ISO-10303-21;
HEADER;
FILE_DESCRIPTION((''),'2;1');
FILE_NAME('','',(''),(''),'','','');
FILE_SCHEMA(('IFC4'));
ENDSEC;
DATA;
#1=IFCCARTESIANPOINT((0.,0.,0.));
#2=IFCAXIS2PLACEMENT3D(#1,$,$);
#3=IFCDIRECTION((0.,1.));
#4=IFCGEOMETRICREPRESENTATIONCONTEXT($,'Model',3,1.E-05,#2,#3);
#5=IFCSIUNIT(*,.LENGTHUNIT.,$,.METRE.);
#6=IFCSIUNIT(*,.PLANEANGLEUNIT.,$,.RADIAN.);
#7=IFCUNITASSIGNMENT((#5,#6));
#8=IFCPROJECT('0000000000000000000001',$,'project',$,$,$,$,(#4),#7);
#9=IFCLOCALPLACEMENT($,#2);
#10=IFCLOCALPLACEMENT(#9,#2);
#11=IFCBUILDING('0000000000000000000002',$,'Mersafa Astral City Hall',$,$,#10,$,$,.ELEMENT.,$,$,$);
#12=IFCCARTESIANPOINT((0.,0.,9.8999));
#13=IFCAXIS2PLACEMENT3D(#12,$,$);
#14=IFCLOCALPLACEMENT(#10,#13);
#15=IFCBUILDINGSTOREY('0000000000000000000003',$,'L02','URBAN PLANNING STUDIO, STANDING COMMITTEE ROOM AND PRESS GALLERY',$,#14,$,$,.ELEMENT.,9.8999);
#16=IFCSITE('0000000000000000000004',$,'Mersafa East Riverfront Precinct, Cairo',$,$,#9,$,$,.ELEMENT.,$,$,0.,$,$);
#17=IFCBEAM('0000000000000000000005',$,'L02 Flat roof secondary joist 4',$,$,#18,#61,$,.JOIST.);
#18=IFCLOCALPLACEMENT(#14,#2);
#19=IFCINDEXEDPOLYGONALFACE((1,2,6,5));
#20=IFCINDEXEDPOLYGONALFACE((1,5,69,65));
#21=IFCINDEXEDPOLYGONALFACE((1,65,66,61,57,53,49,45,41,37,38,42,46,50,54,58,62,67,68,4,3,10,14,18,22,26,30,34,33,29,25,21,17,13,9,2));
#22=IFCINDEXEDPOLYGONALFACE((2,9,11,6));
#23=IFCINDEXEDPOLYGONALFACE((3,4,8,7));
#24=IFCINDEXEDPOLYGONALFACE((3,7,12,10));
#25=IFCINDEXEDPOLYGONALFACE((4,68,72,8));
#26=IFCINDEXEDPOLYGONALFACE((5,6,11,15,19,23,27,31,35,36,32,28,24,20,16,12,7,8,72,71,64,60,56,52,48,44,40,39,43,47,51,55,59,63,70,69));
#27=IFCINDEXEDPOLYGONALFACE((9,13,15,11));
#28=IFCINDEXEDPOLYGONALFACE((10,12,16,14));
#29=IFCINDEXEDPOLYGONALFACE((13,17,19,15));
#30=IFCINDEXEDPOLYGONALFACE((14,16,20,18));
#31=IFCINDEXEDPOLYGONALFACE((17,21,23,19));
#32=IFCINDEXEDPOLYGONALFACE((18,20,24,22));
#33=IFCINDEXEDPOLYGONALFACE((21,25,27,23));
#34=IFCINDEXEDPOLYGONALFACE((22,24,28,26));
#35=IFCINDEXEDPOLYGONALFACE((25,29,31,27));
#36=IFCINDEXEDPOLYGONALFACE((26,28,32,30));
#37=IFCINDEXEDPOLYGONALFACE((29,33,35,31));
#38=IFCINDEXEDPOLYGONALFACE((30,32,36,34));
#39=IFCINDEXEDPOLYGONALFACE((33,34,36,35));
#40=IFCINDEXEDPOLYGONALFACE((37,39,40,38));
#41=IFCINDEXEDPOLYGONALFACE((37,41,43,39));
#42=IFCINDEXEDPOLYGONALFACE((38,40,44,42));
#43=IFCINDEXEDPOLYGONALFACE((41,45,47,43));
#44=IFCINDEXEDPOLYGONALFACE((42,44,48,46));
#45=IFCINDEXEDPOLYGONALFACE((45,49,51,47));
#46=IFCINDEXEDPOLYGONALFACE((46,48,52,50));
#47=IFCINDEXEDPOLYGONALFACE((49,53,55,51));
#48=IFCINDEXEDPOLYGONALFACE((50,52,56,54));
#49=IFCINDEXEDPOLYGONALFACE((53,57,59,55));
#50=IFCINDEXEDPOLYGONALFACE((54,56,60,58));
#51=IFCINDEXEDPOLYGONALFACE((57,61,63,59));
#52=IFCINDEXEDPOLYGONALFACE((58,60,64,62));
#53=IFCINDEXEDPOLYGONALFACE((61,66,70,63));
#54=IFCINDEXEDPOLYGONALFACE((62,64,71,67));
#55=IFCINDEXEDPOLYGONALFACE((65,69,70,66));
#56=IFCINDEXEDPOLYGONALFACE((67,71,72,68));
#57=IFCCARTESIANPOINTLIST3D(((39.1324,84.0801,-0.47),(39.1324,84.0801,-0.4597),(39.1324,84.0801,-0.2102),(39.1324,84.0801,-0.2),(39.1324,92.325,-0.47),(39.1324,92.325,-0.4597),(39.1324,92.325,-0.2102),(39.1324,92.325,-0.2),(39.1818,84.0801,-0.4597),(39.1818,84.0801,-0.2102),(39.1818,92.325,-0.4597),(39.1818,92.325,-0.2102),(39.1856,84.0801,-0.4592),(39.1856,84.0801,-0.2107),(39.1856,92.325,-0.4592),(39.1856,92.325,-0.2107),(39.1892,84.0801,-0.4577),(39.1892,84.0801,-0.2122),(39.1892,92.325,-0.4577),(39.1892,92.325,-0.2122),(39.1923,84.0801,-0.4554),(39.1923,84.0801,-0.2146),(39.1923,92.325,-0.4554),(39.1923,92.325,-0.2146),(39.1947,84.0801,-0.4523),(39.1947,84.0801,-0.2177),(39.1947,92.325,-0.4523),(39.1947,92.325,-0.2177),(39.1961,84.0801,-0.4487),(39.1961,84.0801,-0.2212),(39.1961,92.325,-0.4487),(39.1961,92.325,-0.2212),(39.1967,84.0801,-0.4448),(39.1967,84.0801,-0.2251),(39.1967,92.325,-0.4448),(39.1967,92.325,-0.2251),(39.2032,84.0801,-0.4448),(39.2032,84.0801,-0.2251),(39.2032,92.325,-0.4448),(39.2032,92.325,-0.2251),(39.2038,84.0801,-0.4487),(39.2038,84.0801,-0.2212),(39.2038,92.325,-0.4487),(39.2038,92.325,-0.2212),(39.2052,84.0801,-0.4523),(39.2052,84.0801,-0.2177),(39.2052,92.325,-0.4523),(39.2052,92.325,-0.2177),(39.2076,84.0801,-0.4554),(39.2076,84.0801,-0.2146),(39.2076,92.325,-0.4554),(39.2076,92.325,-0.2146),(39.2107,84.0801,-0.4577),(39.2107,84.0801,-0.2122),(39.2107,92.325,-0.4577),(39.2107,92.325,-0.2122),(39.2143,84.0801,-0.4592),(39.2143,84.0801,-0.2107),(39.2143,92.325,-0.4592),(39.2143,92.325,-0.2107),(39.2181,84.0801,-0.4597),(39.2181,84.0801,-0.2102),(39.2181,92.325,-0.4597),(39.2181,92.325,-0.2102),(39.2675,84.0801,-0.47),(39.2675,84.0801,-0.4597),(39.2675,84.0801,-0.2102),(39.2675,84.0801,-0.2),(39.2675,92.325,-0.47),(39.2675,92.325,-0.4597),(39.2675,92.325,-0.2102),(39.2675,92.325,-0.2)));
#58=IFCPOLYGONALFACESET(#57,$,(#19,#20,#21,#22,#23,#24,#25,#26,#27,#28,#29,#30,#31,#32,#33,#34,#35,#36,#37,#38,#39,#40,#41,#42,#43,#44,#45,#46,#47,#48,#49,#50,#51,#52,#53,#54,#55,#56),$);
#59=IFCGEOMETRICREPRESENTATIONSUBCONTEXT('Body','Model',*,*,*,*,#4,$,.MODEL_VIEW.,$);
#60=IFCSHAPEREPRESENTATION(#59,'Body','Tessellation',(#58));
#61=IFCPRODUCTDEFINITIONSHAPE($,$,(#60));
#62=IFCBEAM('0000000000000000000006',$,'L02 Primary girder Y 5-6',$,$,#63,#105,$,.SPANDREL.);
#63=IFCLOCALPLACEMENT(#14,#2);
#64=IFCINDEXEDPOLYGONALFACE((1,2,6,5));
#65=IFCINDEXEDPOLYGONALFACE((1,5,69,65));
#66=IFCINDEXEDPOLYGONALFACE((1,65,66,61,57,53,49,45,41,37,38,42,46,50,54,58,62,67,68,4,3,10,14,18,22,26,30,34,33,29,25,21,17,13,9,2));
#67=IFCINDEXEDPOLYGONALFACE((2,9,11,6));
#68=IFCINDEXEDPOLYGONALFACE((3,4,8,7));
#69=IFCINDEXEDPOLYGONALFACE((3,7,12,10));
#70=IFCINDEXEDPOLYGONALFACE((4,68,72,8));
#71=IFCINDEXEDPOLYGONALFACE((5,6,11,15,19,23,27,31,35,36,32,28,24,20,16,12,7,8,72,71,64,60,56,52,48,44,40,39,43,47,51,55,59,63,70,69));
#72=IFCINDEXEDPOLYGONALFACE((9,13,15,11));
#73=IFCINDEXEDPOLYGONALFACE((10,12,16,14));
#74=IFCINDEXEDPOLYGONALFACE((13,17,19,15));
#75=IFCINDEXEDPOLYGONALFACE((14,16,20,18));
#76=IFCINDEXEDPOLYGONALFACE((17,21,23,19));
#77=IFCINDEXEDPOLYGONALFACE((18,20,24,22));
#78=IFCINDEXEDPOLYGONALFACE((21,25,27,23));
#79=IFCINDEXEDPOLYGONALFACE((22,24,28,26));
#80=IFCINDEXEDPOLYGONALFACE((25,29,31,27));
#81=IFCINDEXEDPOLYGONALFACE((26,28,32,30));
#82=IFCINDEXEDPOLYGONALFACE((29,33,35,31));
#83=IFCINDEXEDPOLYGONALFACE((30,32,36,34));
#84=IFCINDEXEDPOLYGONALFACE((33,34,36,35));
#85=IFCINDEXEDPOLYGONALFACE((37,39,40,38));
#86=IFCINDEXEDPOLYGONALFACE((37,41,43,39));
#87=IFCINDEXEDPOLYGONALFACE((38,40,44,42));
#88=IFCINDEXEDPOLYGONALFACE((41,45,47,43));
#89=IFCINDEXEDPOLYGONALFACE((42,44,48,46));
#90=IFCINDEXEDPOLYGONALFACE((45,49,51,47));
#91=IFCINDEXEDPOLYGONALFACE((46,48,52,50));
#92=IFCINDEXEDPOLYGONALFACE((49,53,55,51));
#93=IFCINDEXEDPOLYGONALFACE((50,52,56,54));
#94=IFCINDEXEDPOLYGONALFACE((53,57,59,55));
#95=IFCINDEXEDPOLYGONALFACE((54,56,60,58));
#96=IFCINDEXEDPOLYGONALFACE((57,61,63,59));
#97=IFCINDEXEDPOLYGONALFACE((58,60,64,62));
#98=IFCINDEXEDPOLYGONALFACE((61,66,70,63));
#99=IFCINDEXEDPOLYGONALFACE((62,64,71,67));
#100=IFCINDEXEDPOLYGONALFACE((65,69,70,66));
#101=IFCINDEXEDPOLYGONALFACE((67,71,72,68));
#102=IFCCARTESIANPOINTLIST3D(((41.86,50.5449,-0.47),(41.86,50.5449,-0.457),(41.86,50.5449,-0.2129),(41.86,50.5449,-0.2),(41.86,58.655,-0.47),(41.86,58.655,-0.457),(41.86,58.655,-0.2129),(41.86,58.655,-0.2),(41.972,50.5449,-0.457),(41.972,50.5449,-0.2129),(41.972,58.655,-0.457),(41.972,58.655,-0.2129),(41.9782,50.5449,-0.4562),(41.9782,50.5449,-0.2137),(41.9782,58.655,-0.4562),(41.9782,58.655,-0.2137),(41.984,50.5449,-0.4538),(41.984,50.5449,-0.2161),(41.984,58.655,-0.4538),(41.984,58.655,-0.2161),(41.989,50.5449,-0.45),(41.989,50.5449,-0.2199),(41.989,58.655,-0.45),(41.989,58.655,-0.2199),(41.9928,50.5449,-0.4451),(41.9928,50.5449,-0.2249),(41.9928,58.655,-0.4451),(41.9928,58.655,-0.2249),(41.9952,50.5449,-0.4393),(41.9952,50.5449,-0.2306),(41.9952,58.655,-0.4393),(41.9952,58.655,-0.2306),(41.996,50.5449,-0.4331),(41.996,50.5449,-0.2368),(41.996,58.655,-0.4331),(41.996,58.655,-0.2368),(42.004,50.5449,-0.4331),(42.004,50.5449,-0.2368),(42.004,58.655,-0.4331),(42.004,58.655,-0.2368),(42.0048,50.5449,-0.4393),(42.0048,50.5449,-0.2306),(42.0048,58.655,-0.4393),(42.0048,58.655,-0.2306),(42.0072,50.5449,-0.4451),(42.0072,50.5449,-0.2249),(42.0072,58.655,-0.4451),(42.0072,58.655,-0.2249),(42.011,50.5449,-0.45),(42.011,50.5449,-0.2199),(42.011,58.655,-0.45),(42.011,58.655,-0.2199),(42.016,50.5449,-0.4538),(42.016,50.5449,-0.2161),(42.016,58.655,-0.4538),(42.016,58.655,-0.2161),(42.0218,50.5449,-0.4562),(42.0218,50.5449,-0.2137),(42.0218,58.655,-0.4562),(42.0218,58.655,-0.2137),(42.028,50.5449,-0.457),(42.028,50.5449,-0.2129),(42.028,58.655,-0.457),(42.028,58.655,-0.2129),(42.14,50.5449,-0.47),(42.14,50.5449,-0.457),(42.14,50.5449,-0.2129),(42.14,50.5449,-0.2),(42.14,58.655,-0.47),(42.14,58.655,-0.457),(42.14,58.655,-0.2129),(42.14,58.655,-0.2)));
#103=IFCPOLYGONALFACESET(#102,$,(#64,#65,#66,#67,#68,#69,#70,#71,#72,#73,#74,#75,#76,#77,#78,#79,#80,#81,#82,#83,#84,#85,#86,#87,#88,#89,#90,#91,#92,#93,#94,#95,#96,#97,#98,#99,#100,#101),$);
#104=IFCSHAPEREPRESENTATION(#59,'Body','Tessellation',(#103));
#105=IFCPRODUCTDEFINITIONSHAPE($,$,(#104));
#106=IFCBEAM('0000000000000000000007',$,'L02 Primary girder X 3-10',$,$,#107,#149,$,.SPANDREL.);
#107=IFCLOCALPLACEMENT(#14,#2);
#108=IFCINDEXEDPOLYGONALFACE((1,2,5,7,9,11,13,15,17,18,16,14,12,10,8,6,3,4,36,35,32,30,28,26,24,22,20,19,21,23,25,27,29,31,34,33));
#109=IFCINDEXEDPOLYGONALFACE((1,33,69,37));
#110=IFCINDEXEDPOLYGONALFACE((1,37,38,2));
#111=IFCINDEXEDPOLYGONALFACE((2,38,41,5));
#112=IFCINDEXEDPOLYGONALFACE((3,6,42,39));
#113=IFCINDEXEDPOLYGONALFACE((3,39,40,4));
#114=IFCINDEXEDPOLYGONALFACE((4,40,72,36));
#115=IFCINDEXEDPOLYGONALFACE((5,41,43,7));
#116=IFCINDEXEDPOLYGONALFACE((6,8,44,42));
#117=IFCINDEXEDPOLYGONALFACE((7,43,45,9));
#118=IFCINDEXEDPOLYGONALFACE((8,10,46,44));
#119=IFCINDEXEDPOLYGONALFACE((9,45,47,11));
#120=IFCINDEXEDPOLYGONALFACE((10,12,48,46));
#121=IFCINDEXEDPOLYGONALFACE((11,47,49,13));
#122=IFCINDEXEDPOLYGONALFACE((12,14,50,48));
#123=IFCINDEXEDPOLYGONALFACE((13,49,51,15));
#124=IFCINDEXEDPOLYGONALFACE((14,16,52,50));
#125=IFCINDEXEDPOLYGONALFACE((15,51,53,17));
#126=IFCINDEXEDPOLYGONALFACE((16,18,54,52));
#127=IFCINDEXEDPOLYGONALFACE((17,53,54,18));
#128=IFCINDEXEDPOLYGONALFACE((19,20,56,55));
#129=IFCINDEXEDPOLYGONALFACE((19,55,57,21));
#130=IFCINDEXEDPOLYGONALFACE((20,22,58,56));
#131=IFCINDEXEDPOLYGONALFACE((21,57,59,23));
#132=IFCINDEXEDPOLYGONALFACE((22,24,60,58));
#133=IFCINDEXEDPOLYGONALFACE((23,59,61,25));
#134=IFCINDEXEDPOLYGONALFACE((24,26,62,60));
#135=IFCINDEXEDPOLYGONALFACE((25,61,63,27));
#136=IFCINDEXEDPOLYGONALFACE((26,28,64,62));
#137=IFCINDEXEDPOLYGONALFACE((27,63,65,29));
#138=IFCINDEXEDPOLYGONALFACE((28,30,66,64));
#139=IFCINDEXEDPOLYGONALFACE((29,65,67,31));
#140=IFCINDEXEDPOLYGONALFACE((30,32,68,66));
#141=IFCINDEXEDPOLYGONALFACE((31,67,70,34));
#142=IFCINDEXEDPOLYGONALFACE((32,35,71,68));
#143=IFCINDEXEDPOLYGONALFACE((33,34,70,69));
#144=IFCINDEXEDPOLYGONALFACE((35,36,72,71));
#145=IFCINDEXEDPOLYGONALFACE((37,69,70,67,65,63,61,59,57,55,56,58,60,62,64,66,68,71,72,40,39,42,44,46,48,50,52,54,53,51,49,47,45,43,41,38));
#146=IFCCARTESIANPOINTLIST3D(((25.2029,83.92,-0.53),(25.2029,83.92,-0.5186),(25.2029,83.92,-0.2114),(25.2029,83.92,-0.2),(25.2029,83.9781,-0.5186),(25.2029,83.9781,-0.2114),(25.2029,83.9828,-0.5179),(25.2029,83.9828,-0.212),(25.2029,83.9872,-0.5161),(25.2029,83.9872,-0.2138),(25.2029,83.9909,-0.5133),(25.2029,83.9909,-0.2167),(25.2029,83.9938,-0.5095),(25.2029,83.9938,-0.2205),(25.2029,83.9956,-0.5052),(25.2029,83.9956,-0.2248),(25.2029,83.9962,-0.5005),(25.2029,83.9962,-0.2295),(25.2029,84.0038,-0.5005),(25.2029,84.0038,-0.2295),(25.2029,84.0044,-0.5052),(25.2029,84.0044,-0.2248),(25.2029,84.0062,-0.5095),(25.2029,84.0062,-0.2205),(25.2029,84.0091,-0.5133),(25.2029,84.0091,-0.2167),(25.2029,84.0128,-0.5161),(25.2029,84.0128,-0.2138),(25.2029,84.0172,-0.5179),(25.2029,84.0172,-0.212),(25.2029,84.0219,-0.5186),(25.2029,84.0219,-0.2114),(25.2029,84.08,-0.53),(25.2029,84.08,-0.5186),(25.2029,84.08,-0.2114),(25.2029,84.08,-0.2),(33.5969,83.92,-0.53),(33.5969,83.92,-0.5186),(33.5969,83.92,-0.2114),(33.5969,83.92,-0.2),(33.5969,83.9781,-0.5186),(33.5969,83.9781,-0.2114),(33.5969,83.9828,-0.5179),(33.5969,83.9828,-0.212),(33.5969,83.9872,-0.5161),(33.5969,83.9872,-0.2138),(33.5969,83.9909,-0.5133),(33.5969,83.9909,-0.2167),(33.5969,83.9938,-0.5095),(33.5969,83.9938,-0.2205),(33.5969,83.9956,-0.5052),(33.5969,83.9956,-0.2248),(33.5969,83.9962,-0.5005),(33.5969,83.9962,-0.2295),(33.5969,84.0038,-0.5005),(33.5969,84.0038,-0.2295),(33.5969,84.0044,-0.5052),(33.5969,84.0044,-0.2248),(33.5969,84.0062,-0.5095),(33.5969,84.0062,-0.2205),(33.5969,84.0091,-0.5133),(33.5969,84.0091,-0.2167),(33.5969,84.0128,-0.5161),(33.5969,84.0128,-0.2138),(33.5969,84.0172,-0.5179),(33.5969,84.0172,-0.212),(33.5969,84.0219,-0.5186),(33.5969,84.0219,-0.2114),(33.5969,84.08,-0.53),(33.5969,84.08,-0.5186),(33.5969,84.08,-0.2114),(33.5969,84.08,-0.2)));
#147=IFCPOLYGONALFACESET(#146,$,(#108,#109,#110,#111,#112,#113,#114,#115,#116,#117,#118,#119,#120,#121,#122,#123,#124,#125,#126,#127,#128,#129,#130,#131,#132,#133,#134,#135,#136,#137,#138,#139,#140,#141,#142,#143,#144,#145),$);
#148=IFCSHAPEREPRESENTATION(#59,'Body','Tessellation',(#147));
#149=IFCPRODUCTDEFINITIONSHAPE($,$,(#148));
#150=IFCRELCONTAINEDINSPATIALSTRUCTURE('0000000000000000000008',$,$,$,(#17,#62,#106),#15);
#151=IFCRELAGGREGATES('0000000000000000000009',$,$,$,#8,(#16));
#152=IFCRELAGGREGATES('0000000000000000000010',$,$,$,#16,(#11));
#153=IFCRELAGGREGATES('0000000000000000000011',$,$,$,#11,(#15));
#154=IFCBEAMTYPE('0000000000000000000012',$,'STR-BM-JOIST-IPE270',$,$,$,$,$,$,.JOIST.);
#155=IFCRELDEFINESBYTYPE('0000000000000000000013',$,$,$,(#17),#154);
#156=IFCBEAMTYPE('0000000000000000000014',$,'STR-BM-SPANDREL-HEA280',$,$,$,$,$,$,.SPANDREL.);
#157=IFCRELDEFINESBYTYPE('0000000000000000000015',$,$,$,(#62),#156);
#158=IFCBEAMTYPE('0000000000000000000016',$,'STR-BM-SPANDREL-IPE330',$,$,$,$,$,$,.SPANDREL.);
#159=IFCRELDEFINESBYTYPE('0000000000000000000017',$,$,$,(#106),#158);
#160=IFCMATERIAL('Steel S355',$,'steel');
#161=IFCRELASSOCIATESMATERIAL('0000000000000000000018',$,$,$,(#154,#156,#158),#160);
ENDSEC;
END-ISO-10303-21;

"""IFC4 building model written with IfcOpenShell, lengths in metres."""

from ifc_helpers import new_model, si_unit, direction, frame, origin, origin_2d, place, context, subcontext, project, spatial, i_section, extrude, material, material_profile, profile_set, type_object, element, save


model = new_model("IFC4")

# Units and contexts
model_context = context("Model", 3, precision=1e-05, world=origin(), true_north=direction((0.0, 1.0)))
body_context = subcontext(model_context, "Body", "Model", "MODEL_VIEW")
ifc_project = project(units=[si_unit("LENGTHUNIT", "METRE"), si_unit("PLANEANGLEUNIT", "RADIAN")], contexts=[model_context])

# Site, building, storey
site_placement = place(None, origin())
site = spatial("IfcSite", under=ifc_project, at=site_placement, Name="Mersafa East Riverfront Precinct, Cairo", CompositionType="ELEMENT", RefElevation=0.0)
building_placement = place(site_placement, origin())
building = spatial("IfcBuilding", under=site, at=building_placement, Name="Mersafa Astral City Hall", CompositionType="ELEMENT")
storey_placement = place(building_placement, frame((0.0, 0.0, 9.8999)))
storey = spatial("IfcBuildingStorey", under=building, at=storey_placement, Name="L02", Description="URBAN PLANNING STUDIO, STANDING COMMITTEE ROOM AND PRESS GALLERY", CompositionType="ELEMENT", Elevation=9.8999)

# Shared definitions
ifc_material_1 = material(Name="Steel S355", Category="steel")

# Beams
ifc_material_profile_1 = material_profile(ifc_material_1, i_section(OverallWidth=0.135, OverallDepth=0.27, WebThickness=0.0066, FlangeThickness=0.0103, FilletRadius=0.0149, at=origin_2d()), Name="IPE 270")
ifc_profile_set_1 = profile_set([ifc_material_profile_1], Name="Steel S355")
beam_type_1 = type_object("IfcBeamType", Name="STR-BM-JOIST-IPE270", PredefinedType="JOIST", material=ifc_profile_set_1)
for number, where, z_axis, x_axis, name in (
    (1, (39.2, 84.0801, -0.335), (0.0, 1.0, 0.0), (-1.0, 0.0, 0.0), "L02 Flat roof secondary joist 4"),
):
    element("IfcBeam", number, at=place(storey_placement, frame(where, z_axis=z_axis, x_axis=x_axis)), inside=storey, type_object=beam_type_1, Name=name, PredefinedType="JOIST", context=body_context, shape_type="SweptSolid", body=[
        extrude(i_section(OverallWidth=0.135, OverallDepth=0.27, WebThickness=0.0066, FlangeThickness=0.0103, FilletRadius=0.0149, at=origin_2d()), origin(), (0.0, 0.0, 1.0), 8.2449),
    ])
ifc_material_profile_2 = material_profile(ifc_material_1, i_section(OverallWidth=0.28, OverallDepth=0.27, WebThickness=0.0081, FlangeThickness=0.0129, FilletRadius=0.0239, at=origin_2d()), Name="HEA 280")
ifc_profile_set_2 = profile_set([ifc_material_profile_2], Name="Steel S355")
beam_type_2 = type_object("IfcBeamType", Name="STR-BM-SPANDREL-HEA280", PredefinedType="SPANDREL", material=ifc_profile_set_2)
beam_1_placement = place(storey_placement, frame((42.0, 50.5449, -0.335), z_axis=(0.0, 1.0, 0.0), x_axis=(-1.0, 0.0, 0.0)))
element("IfcBeam", 2, at=beam_1_placement, inside=storey, type_object=beam_type_2, Name="L02 Primary girder Y 5-6", PredefinedType="SPANDREL", context=body_context, shape_type="SweptSolid", body=[
    extrude(i_section(OverallWidth=0.28, OverallDepth=0.27, WebThickness=0.0081, FlangeThickness=0.0129, FilletRadius=0.0239, at=origin_2d()), origin(), (0.0, 0.0, 1.0), 8.1101),
])
ifc_material_profile_3 = material_profile(ifc_material_1, i_section(OverallWidth=0.1599, OverallDepth=0.3301, WebThickness=0.0076, FlangeThickness=0.0115, FilletRadius=0.0181, at=origin_2d()), Name="IPE 330")
ifc_profile_set_3 = profile_set([ifc_material_profile_3], Name="Steel S355")
beam_type_3 = type_object("IfcBeamType", Name="STR-BM-SPANDREL-IPE330", PredefinedType="SPANDREL", material=ifc_profile_set_3)
beam_2_placement = place(storey_placement, frame((25.2029, 84.0, -0.365), z_axis=(1.0, 0.0, 0.0), x_axis=(0.0, 1.0, 0.0)))
element("IfcBeam", 3, at=beam_2_placement, inside=storey, type_object=beam_type_3, Name="L02 Primary girder X 3-10", PredefinedType="SPANDREL", context=body_context, shape_type="SweptSolid", body=[
    extrude(i_section(OverallWidth=0.1599, OverallDepth=0.3301, WebThickness=0.0076, FlangeThickness=0.0115, FilletRadius=0.0181, at=origin_2d()), origin(), (0.0, 0.0, 1.0), 8.394),
])

save(model, "model.ifc")
